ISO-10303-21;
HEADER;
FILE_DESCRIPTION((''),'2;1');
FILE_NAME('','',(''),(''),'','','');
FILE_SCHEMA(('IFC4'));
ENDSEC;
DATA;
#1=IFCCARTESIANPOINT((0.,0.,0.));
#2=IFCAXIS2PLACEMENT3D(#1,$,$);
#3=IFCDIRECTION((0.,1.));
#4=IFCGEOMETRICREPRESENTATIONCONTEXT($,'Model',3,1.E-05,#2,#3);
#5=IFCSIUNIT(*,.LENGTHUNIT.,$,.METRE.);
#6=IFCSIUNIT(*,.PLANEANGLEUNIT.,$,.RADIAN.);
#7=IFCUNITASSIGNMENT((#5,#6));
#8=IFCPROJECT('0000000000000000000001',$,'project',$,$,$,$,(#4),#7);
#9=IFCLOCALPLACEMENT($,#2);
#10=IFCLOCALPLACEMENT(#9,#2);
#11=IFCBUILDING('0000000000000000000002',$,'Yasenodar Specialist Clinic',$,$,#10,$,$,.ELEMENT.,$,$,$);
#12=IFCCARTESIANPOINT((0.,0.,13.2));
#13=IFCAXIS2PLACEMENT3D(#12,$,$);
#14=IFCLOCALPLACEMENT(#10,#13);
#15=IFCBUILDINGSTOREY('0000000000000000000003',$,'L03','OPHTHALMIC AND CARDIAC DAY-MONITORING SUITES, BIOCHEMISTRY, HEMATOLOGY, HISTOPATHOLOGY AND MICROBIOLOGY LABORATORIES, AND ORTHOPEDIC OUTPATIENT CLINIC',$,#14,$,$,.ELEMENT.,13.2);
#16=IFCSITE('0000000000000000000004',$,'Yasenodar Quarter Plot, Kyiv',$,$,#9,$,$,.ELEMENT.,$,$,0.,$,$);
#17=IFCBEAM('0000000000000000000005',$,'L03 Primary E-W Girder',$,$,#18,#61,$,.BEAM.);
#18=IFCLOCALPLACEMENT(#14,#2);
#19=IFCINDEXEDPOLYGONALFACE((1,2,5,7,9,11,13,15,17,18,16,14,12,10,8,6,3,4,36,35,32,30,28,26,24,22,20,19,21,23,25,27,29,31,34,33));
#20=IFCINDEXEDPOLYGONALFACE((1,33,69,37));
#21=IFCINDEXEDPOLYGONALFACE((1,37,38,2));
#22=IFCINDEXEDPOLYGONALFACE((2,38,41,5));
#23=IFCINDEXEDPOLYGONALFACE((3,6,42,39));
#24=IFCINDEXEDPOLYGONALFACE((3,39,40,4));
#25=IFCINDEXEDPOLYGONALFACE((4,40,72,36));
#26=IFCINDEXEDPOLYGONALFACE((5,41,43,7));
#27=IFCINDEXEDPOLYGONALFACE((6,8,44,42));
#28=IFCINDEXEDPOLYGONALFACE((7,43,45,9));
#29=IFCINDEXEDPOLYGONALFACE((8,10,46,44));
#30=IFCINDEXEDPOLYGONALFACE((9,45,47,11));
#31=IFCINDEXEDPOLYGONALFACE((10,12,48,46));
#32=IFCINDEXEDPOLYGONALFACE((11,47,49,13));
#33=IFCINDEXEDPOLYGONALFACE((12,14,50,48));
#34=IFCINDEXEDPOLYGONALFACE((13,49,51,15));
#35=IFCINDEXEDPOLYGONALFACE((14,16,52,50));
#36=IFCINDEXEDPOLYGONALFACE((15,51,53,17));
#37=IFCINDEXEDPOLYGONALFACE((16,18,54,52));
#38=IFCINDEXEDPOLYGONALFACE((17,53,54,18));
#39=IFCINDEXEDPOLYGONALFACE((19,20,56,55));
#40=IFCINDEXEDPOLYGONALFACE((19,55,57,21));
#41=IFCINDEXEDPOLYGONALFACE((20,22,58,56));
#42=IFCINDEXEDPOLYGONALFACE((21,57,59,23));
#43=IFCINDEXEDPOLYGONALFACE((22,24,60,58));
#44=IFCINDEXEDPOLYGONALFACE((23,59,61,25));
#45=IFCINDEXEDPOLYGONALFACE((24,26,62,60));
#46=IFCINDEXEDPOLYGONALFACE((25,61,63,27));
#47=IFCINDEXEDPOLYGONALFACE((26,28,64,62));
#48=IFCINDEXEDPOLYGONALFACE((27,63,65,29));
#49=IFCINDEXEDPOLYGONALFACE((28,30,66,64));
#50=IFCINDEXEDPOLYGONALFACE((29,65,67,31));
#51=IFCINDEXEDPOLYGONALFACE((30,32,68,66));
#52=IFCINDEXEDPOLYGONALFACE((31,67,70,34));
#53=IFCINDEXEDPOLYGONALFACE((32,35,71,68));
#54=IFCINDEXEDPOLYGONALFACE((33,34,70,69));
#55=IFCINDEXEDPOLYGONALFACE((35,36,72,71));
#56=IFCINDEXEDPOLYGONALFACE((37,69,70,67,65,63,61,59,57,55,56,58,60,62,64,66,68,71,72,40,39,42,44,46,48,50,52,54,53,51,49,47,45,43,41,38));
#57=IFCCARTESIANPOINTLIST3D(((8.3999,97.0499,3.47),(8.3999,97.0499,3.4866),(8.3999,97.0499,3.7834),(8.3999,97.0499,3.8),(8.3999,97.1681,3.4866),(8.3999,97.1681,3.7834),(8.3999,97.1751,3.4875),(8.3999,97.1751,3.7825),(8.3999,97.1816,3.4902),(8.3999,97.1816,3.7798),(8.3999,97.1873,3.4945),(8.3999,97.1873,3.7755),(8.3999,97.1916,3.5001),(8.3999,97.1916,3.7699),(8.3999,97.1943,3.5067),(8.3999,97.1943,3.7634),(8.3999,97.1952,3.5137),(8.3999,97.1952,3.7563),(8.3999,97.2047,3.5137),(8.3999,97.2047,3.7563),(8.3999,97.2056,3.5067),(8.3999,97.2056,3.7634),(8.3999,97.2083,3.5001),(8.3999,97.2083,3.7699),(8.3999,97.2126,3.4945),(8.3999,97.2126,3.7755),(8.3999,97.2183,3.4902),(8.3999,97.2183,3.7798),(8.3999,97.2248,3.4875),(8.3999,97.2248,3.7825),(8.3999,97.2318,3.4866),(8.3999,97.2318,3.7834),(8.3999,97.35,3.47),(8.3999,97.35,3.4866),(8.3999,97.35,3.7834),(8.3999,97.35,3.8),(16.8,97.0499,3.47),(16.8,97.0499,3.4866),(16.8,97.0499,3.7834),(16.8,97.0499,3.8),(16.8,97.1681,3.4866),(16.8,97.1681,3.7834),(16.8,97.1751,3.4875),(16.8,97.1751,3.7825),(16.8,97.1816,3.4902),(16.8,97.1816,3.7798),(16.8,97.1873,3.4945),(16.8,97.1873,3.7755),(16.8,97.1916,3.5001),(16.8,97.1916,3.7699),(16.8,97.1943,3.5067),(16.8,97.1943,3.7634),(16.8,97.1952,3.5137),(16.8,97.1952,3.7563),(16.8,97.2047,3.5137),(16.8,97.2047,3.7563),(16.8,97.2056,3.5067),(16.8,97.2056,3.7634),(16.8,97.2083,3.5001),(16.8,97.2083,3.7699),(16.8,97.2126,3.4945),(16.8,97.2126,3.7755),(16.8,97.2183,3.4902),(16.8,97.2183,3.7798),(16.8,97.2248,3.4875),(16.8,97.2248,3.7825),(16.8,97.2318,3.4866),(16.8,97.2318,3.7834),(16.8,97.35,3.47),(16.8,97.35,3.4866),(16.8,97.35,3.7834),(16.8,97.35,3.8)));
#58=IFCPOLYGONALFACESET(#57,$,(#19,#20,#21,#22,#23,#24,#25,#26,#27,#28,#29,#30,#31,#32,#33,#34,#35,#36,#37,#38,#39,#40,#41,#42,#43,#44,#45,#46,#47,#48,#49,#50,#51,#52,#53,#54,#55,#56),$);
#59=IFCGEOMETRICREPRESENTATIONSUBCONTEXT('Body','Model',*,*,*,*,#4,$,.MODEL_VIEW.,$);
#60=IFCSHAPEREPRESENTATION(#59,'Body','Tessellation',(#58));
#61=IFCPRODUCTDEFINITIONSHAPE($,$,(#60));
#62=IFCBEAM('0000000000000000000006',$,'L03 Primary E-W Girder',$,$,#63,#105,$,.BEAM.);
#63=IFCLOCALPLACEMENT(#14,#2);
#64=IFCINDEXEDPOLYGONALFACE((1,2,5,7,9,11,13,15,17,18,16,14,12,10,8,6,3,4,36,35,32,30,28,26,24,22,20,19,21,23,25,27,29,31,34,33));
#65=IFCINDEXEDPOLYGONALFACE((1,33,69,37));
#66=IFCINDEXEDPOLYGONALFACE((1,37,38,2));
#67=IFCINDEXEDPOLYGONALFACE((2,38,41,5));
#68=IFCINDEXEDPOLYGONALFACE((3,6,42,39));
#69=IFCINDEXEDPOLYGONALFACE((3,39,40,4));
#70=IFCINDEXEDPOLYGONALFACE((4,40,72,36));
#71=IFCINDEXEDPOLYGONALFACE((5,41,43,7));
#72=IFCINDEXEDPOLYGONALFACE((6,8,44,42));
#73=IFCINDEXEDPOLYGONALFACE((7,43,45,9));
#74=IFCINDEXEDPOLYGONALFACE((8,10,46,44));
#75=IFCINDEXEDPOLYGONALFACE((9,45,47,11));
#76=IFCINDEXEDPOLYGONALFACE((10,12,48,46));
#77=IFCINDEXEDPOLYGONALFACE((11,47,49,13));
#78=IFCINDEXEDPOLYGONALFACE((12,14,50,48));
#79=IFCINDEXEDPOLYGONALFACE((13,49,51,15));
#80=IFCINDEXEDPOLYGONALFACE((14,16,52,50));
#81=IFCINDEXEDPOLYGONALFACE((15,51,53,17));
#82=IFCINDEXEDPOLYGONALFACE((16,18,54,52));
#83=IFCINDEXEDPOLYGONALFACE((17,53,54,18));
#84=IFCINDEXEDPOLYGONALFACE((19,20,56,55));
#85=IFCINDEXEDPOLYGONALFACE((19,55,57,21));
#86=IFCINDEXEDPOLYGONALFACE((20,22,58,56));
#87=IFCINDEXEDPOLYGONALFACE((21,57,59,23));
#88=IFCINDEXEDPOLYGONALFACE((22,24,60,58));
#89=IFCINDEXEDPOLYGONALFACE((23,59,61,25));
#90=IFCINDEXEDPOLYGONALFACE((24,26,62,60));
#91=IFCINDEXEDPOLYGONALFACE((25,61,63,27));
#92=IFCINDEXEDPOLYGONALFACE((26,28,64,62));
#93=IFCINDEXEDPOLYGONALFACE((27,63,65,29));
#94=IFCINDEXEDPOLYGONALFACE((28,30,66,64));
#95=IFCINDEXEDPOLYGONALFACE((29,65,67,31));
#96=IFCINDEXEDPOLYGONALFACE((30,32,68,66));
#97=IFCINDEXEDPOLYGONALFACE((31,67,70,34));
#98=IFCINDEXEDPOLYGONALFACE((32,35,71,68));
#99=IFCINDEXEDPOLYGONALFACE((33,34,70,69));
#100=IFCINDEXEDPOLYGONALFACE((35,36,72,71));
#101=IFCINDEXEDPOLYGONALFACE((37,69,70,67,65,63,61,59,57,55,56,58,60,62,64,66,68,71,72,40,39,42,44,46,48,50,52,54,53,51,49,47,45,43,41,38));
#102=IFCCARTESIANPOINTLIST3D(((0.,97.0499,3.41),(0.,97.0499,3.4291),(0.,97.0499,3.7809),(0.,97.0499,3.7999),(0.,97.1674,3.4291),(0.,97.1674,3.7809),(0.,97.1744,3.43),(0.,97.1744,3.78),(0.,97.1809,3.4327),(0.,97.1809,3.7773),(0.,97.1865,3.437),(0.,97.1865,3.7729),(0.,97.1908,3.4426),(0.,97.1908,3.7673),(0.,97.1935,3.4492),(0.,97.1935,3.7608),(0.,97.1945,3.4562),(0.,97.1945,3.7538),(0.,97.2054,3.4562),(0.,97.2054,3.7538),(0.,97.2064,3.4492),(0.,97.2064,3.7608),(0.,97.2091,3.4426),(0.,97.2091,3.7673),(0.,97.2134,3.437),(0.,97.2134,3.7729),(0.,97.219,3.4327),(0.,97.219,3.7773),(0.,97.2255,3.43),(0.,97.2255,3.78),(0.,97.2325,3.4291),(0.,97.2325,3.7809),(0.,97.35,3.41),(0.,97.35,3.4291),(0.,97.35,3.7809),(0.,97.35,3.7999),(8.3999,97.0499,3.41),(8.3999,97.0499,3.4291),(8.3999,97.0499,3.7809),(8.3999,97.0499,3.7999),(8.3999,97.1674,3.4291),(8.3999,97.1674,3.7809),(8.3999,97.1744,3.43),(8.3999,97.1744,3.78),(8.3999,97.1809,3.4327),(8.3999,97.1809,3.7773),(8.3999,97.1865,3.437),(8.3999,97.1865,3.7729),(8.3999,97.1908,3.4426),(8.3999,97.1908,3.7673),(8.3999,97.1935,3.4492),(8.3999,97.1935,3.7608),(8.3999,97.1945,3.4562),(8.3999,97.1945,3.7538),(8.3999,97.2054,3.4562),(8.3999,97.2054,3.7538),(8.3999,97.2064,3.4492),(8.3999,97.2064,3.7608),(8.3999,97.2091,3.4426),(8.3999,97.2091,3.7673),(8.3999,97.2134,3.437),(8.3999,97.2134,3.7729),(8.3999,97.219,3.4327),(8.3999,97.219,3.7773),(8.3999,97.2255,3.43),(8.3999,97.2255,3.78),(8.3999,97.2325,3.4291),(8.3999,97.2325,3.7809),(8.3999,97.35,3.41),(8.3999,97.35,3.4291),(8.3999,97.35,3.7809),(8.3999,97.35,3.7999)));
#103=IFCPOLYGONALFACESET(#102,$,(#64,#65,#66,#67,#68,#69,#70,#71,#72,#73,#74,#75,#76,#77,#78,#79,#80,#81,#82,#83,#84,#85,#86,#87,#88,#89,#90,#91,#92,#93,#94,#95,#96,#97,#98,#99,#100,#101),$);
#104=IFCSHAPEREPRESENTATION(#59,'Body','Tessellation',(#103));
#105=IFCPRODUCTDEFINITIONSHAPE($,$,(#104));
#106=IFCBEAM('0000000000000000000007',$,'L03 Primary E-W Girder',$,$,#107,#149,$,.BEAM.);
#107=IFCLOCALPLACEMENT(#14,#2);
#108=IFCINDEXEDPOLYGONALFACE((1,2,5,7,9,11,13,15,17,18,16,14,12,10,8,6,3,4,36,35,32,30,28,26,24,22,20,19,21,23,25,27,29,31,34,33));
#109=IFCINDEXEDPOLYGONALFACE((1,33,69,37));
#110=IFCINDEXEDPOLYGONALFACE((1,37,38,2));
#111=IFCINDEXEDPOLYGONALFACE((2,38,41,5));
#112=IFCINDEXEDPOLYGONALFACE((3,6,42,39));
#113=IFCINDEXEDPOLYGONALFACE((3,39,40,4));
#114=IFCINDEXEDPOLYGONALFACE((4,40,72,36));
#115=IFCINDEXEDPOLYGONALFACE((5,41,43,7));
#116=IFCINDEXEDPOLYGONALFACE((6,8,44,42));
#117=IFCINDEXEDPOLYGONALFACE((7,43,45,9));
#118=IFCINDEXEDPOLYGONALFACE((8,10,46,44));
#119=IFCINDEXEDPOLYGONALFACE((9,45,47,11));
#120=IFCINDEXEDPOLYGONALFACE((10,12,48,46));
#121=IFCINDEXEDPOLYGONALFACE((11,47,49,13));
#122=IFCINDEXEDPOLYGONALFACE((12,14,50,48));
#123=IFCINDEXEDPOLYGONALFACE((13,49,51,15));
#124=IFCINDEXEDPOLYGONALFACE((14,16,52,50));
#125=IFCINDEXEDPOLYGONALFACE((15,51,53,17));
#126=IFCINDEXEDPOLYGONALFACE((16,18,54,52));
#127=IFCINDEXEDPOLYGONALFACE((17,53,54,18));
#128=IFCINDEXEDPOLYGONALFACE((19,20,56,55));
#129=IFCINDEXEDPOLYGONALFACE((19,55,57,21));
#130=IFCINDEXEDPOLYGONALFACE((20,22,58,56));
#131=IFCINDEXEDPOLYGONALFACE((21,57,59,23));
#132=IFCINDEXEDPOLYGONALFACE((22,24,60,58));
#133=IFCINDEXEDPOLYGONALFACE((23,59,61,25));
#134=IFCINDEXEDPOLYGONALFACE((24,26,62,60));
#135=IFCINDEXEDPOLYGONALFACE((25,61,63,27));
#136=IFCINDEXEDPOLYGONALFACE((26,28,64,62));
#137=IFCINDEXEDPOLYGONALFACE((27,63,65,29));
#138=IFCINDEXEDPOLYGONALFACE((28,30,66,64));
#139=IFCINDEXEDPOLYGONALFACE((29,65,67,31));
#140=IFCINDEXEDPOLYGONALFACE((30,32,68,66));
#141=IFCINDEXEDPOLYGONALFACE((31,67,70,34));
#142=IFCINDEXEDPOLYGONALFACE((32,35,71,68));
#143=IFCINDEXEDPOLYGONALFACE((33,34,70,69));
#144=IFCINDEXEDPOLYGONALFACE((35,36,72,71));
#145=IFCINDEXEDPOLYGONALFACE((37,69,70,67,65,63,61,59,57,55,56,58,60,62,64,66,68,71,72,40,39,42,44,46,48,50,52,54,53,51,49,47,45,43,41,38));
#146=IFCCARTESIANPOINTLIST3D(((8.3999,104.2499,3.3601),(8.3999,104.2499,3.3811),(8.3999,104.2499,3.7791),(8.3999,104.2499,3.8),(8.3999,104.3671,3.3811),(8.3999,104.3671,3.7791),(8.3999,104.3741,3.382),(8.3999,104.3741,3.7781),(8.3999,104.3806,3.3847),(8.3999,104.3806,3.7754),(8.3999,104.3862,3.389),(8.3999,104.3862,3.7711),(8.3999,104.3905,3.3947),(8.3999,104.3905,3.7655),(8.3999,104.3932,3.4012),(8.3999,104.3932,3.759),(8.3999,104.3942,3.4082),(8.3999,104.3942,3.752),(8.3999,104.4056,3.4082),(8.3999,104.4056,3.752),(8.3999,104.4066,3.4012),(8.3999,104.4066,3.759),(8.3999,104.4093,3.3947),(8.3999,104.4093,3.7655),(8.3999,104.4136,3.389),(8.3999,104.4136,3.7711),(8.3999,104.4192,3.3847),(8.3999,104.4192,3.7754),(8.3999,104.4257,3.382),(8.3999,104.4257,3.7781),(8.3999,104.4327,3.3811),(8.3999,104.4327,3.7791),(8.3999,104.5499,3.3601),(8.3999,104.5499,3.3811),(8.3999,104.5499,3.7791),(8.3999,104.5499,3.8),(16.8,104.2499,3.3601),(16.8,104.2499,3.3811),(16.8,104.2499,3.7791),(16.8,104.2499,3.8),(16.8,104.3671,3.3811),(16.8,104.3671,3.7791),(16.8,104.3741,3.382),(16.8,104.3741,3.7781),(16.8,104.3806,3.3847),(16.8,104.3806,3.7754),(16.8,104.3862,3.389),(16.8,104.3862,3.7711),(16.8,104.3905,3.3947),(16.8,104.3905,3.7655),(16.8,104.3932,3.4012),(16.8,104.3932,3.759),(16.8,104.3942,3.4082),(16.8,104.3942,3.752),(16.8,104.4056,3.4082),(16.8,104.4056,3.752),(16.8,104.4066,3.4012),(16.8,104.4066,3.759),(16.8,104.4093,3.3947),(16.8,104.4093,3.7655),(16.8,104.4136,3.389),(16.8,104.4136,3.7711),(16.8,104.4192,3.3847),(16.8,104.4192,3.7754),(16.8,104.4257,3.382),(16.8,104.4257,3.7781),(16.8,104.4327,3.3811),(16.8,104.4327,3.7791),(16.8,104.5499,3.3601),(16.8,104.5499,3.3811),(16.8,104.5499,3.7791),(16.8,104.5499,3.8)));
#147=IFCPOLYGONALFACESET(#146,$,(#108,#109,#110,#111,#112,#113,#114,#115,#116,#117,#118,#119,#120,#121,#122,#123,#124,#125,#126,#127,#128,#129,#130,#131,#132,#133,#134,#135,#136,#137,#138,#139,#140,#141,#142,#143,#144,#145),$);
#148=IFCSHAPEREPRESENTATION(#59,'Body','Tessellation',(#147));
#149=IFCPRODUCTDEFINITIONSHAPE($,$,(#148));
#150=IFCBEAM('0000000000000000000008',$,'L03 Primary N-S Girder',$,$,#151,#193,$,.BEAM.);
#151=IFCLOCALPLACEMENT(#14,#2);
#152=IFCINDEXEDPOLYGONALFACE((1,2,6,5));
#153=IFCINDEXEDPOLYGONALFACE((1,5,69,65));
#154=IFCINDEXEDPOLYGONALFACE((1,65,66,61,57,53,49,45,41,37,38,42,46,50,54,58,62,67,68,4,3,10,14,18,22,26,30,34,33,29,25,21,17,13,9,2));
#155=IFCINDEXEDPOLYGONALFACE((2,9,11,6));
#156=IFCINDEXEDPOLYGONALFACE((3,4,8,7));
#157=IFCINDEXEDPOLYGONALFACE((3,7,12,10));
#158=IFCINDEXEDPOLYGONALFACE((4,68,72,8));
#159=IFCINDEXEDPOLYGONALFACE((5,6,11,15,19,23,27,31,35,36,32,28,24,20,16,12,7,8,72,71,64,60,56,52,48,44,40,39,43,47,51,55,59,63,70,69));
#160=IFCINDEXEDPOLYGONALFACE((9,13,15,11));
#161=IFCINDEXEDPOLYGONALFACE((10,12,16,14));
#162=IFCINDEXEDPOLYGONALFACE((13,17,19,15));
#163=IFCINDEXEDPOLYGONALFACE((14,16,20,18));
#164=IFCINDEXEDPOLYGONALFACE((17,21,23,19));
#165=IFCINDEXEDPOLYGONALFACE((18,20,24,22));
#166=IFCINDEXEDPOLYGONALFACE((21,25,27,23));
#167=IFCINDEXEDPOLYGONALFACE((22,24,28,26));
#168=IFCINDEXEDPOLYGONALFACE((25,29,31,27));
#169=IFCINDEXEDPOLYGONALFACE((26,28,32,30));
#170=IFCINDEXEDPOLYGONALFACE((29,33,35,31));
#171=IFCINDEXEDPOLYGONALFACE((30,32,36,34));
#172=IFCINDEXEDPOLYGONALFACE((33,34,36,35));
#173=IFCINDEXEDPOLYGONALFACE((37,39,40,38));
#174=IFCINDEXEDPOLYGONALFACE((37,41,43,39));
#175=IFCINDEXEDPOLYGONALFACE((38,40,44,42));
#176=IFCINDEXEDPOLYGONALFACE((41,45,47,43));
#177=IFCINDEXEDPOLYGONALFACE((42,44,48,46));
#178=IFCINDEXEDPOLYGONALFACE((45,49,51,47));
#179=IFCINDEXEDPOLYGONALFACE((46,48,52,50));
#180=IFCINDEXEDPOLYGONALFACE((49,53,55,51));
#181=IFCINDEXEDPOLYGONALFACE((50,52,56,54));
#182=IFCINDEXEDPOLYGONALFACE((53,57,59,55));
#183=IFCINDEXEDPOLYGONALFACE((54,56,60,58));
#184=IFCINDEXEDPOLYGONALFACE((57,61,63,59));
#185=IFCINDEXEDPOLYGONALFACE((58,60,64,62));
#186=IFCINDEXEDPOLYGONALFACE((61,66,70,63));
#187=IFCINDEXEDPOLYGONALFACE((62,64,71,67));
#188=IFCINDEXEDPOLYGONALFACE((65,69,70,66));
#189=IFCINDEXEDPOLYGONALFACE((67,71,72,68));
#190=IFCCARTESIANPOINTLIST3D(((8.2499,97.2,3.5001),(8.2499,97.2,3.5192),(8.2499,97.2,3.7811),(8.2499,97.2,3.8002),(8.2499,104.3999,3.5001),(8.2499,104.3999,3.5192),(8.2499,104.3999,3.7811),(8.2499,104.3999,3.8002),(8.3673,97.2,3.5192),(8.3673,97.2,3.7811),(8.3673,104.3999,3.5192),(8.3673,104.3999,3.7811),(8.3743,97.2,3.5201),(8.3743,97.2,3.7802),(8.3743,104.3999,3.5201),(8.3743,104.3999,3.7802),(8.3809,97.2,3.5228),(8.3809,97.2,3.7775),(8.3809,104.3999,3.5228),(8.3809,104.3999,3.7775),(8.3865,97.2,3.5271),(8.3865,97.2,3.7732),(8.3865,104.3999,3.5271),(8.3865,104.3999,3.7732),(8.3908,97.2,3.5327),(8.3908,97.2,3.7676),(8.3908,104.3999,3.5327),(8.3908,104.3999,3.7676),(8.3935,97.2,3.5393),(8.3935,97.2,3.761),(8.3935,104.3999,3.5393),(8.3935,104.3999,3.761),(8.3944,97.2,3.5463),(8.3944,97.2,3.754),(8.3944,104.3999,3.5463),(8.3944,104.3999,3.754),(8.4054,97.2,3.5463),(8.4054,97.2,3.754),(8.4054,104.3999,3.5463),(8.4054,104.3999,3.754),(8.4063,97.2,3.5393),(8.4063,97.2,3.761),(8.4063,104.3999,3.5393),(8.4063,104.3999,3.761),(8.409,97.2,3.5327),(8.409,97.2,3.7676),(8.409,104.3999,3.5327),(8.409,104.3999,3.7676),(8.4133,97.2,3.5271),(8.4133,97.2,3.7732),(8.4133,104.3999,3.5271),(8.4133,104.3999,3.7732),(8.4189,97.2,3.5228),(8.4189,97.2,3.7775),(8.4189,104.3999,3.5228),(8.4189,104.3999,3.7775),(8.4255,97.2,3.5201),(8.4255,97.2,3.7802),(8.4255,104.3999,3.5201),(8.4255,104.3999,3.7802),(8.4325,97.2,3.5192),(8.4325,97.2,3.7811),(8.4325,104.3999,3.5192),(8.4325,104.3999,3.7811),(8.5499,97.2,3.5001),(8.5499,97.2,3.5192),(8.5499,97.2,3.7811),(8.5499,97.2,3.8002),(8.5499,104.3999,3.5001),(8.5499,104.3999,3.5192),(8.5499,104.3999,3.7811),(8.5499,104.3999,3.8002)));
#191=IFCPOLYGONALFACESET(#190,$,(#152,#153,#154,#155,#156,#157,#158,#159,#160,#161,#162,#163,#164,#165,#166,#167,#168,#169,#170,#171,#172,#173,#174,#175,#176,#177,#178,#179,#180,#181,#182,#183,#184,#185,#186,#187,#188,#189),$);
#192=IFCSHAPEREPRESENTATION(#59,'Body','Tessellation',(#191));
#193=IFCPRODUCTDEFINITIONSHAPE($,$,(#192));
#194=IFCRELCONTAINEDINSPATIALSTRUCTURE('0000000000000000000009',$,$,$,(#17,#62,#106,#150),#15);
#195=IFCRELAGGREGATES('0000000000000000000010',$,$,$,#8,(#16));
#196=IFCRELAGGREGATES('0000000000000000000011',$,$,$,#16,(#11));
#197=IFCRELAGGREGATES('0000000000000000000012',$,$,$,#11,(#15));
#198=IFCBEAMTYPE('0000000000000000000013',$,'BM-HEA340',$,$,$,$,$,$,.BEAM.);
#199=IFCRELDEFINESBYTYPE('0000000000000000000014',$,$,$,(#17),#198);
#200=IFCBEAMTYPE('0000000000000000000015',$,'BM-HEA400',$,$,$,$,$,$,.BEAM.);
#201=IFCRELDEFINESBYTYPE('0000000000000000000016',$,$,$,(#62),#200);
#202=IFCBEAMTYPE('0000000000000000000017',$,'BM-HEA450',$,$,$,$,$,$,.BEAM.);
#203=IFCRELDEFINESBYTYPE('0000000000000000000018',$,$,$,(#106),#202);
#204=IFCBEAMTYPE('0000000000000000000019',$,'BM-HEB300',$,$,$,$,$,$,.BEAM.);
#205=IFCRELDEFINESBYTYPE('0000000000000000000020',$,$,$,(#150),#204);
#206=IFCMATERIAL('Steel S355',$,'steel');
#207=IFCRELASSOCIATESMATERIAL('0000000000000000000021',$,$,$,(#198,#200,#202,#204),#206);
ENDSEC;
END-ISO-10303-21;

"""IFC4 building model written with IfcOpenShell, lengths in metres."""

from ifc_helpers import new_model, si_unit, direction, frame, origin, origin_2d, place, context, subcontext, project, spatial, i_section, extrude, material, material_profile, profile_set, type_object, element, save


model = new_model("IFC4")

# Units and contexts
model_context = context("Model", 3, precision=1e-05, world=origin(), true_north=direction((0.0, 1.0)))
body_context = subcontext(model_context, "Body", "Model", "MODEL_VIEW")
ifc_project = project(units=[si_unit("LENGTHUNIT", "METRE"), si_unit("PLANEANGLEUNIT", "RADIAN")], contexts=[model_context])

# Site, building, storey
site_placement = place(None, origin())
site = spatial("IfcSite", under=ifc_project, at=site_placement, Name="Yasenodar Quarter Plot, Kyiv", CompositionType="ELEMENT", RefElevation=0.0)
building_placement = place(site_placement, origin())
building = spatial("IfcBuilding", under=site, at=building_placement, Name="Yasenodar Specialist Clinic", CompositionType="ELEMENT")
storey_placement = place(building_placement, frame((0.0, 0.0, 13.2)))
storey = spatial("IfcBuildingStorey", under=building, at=storey_placement, Name="L03", Description="OPHTHALMIC AND CARDIAC DAY-MONITORING SUITES, BIOCHEMISTRY, HEMATOLOGY, HISTOPATHOLOGY AND MICROBIOLOGY LABORATORIES, AND ORTHOPEDIC OUTPATIENT CLINIC", CompositionType="ELEMENT", Elevation=13.2)

# Shared definitions
ifc_material_1 = material(Name="Steel S355", Category="steel")

# Beams
ifc_material_profile_1 = material_profile(ifc_material_1, i_section(OverallWidth=0.3, OverallDepth=0.3301, WebThickness=0.0095, FlangeThickness=0.0166, FilletRadius=0.0271, at=origin_2d()), Name="HEA 340")
ifc_profile_set_1 = profile_set([ifc_material_profile_1], Name="Steel S355")
beam_type_1 = type_object("IfcBeamType", Name="BM-HEA340", PredefinedType="BEAM", material=ifc_profile_set_1)
beam_1_placement = place(storey_placement, frame((8.3999, 97.2, 3.635), z_axis=(1.0, 0.0, 0.0), x_axis=(0.0, 1.0, 0.0)))
element("IfcBeam", 1, at=beam_1_placement, inside=storey, type_object=beam_type_1, Name="L03 Primary E-W Girder", PredefinedType="BEAM", context=body_context, shape_type="SweptSolid", body=[
    extrude(i_section(OverallWidth=0.3, OverallDepth=0.3301, WebThickness=0.0095, FlangeThickness=0.0166, FilletRadius=0.0271, at=origin_2d()), origin(), (0.0, 0.0, 1.0), 8.4001),
])
ifc_material_profile_2 = material_profile(ifc_material_1, i_section(OverallWidth=0.3, OverallDepth=0.3899, WebThickness=0.011, FlangeThickness=0.019, FilletRadius=0.0271, at=origin_2d()), Name="HEA 400")
ifc_profile_set_2 = profile_set([ifc_material_profile_2], Name="Steel S355")
beam_type_2 = type_object("IfcBeamType", Name="BM-HEA400", PredefinedType="BEAM", material=ifc_profile_set_2)
beam_2_placement = place(storey_placement, frame((0.0, 97.2, 3.605), z_axis=(1.0, 0.0, 0.0), x_axis=(0.0, 1.0, 0.0)))
element("IfcBeam", 2, at=beam_2_placement, inside=storey, type_object=beam_type_2, Name="L03 Primary E-W Girder", PredefinedType="BEAM", context=body_context, shape_type="SweptSolid", body=[
    extrude(i_section(OverallWidth=0.3, OverallDepth=0.3899, WebThickness=0.011, FlangeThickness=0.019, FilletRadius=0.0271, at=origin_2d()), origin(), (0.0, 0.0, 1.0), 8.3999),
])
ifc_material_profile_3 = material_profile(ifc_material_1, i_section(OverallWidth=0.3, OverallDepth=0.4399, WebThickness=0.0115, FlangeThickness=0.021, FilletRadius=0.0271, at=origin_2d()), Name="HEA 450")
ifc_profile_set_3 = profile_set([ifc_material_profile_3], Name="Steel S355")
beam_type_3 = type_object("IfcBeamType", Name="BM-HEA450", PredefinedType="BEAM", material=ifc_profile_set_3)
beam_3_placement = place(storey_placement, frame((8.3999, 104.3999, 3.5801), z_axis=(1.0, 0.0, 0.0), x_axis=(0.0, 1.0, 0.0)))
element("IfcBeam", 3, at=beam_3_placement, inside=storey, type_object=beam_type_3, Name="L03 Primary E-W Girder", PredefinedType="BEAM", context=body_context, shape_type="SweptSolid", body=[
    extrude(i_section(OverallWidth=0.3, OverallDepth=0.4399, WebThickness=0.0115, FlangeThickness=0.021, FilletRadius=0.0271, at=origin_2d()), origin(), (0.0, 0.0, 1.0), 8.4001),
])
ifc_material_profile_4 = material_profile(ifc_material_1, i_section(OverallWidth=0.3, OverallDepth=0.3, WebThickness=0.011, FlangeThickness=0.019, FilletRadius=0.0271, at=origin_2d()), Name="HEB 300")
ifc_profile_set_4 = profile_set([ifc_material_profile_4], Name="Steel S355")
beam_type_4 = type_object("IfcBeamType", Name="BM-HEB300", PredefinedType="BEAM", material=ifc_profile_set_4)
beam_4_placement = place(storey_placement, frame((8.3999, 97.2, 3.6501), z_axis=(0.0, 1.0, 0.0), x_axis=(-1.0, 0.0, 0.0)))
element("IfcBeam", 4, at=beam_4_placement, inside=storey, type_object=beam_type_4, Name="L03 Primary N-S Girder", PredefinedType="BEAM", context=body_context, shape_type="SweptSolid", body=[
    extrude(i_section(OverallWidth=0.3, OverallDepth=0.3, WebThickness=0.011, FlangeThickness=0.019, FilletRadius=0.0271, at=origin_2d()), origin(), (0.0, 0.0, 1.0), 7.2),
])

save(model, "model.ifc")
